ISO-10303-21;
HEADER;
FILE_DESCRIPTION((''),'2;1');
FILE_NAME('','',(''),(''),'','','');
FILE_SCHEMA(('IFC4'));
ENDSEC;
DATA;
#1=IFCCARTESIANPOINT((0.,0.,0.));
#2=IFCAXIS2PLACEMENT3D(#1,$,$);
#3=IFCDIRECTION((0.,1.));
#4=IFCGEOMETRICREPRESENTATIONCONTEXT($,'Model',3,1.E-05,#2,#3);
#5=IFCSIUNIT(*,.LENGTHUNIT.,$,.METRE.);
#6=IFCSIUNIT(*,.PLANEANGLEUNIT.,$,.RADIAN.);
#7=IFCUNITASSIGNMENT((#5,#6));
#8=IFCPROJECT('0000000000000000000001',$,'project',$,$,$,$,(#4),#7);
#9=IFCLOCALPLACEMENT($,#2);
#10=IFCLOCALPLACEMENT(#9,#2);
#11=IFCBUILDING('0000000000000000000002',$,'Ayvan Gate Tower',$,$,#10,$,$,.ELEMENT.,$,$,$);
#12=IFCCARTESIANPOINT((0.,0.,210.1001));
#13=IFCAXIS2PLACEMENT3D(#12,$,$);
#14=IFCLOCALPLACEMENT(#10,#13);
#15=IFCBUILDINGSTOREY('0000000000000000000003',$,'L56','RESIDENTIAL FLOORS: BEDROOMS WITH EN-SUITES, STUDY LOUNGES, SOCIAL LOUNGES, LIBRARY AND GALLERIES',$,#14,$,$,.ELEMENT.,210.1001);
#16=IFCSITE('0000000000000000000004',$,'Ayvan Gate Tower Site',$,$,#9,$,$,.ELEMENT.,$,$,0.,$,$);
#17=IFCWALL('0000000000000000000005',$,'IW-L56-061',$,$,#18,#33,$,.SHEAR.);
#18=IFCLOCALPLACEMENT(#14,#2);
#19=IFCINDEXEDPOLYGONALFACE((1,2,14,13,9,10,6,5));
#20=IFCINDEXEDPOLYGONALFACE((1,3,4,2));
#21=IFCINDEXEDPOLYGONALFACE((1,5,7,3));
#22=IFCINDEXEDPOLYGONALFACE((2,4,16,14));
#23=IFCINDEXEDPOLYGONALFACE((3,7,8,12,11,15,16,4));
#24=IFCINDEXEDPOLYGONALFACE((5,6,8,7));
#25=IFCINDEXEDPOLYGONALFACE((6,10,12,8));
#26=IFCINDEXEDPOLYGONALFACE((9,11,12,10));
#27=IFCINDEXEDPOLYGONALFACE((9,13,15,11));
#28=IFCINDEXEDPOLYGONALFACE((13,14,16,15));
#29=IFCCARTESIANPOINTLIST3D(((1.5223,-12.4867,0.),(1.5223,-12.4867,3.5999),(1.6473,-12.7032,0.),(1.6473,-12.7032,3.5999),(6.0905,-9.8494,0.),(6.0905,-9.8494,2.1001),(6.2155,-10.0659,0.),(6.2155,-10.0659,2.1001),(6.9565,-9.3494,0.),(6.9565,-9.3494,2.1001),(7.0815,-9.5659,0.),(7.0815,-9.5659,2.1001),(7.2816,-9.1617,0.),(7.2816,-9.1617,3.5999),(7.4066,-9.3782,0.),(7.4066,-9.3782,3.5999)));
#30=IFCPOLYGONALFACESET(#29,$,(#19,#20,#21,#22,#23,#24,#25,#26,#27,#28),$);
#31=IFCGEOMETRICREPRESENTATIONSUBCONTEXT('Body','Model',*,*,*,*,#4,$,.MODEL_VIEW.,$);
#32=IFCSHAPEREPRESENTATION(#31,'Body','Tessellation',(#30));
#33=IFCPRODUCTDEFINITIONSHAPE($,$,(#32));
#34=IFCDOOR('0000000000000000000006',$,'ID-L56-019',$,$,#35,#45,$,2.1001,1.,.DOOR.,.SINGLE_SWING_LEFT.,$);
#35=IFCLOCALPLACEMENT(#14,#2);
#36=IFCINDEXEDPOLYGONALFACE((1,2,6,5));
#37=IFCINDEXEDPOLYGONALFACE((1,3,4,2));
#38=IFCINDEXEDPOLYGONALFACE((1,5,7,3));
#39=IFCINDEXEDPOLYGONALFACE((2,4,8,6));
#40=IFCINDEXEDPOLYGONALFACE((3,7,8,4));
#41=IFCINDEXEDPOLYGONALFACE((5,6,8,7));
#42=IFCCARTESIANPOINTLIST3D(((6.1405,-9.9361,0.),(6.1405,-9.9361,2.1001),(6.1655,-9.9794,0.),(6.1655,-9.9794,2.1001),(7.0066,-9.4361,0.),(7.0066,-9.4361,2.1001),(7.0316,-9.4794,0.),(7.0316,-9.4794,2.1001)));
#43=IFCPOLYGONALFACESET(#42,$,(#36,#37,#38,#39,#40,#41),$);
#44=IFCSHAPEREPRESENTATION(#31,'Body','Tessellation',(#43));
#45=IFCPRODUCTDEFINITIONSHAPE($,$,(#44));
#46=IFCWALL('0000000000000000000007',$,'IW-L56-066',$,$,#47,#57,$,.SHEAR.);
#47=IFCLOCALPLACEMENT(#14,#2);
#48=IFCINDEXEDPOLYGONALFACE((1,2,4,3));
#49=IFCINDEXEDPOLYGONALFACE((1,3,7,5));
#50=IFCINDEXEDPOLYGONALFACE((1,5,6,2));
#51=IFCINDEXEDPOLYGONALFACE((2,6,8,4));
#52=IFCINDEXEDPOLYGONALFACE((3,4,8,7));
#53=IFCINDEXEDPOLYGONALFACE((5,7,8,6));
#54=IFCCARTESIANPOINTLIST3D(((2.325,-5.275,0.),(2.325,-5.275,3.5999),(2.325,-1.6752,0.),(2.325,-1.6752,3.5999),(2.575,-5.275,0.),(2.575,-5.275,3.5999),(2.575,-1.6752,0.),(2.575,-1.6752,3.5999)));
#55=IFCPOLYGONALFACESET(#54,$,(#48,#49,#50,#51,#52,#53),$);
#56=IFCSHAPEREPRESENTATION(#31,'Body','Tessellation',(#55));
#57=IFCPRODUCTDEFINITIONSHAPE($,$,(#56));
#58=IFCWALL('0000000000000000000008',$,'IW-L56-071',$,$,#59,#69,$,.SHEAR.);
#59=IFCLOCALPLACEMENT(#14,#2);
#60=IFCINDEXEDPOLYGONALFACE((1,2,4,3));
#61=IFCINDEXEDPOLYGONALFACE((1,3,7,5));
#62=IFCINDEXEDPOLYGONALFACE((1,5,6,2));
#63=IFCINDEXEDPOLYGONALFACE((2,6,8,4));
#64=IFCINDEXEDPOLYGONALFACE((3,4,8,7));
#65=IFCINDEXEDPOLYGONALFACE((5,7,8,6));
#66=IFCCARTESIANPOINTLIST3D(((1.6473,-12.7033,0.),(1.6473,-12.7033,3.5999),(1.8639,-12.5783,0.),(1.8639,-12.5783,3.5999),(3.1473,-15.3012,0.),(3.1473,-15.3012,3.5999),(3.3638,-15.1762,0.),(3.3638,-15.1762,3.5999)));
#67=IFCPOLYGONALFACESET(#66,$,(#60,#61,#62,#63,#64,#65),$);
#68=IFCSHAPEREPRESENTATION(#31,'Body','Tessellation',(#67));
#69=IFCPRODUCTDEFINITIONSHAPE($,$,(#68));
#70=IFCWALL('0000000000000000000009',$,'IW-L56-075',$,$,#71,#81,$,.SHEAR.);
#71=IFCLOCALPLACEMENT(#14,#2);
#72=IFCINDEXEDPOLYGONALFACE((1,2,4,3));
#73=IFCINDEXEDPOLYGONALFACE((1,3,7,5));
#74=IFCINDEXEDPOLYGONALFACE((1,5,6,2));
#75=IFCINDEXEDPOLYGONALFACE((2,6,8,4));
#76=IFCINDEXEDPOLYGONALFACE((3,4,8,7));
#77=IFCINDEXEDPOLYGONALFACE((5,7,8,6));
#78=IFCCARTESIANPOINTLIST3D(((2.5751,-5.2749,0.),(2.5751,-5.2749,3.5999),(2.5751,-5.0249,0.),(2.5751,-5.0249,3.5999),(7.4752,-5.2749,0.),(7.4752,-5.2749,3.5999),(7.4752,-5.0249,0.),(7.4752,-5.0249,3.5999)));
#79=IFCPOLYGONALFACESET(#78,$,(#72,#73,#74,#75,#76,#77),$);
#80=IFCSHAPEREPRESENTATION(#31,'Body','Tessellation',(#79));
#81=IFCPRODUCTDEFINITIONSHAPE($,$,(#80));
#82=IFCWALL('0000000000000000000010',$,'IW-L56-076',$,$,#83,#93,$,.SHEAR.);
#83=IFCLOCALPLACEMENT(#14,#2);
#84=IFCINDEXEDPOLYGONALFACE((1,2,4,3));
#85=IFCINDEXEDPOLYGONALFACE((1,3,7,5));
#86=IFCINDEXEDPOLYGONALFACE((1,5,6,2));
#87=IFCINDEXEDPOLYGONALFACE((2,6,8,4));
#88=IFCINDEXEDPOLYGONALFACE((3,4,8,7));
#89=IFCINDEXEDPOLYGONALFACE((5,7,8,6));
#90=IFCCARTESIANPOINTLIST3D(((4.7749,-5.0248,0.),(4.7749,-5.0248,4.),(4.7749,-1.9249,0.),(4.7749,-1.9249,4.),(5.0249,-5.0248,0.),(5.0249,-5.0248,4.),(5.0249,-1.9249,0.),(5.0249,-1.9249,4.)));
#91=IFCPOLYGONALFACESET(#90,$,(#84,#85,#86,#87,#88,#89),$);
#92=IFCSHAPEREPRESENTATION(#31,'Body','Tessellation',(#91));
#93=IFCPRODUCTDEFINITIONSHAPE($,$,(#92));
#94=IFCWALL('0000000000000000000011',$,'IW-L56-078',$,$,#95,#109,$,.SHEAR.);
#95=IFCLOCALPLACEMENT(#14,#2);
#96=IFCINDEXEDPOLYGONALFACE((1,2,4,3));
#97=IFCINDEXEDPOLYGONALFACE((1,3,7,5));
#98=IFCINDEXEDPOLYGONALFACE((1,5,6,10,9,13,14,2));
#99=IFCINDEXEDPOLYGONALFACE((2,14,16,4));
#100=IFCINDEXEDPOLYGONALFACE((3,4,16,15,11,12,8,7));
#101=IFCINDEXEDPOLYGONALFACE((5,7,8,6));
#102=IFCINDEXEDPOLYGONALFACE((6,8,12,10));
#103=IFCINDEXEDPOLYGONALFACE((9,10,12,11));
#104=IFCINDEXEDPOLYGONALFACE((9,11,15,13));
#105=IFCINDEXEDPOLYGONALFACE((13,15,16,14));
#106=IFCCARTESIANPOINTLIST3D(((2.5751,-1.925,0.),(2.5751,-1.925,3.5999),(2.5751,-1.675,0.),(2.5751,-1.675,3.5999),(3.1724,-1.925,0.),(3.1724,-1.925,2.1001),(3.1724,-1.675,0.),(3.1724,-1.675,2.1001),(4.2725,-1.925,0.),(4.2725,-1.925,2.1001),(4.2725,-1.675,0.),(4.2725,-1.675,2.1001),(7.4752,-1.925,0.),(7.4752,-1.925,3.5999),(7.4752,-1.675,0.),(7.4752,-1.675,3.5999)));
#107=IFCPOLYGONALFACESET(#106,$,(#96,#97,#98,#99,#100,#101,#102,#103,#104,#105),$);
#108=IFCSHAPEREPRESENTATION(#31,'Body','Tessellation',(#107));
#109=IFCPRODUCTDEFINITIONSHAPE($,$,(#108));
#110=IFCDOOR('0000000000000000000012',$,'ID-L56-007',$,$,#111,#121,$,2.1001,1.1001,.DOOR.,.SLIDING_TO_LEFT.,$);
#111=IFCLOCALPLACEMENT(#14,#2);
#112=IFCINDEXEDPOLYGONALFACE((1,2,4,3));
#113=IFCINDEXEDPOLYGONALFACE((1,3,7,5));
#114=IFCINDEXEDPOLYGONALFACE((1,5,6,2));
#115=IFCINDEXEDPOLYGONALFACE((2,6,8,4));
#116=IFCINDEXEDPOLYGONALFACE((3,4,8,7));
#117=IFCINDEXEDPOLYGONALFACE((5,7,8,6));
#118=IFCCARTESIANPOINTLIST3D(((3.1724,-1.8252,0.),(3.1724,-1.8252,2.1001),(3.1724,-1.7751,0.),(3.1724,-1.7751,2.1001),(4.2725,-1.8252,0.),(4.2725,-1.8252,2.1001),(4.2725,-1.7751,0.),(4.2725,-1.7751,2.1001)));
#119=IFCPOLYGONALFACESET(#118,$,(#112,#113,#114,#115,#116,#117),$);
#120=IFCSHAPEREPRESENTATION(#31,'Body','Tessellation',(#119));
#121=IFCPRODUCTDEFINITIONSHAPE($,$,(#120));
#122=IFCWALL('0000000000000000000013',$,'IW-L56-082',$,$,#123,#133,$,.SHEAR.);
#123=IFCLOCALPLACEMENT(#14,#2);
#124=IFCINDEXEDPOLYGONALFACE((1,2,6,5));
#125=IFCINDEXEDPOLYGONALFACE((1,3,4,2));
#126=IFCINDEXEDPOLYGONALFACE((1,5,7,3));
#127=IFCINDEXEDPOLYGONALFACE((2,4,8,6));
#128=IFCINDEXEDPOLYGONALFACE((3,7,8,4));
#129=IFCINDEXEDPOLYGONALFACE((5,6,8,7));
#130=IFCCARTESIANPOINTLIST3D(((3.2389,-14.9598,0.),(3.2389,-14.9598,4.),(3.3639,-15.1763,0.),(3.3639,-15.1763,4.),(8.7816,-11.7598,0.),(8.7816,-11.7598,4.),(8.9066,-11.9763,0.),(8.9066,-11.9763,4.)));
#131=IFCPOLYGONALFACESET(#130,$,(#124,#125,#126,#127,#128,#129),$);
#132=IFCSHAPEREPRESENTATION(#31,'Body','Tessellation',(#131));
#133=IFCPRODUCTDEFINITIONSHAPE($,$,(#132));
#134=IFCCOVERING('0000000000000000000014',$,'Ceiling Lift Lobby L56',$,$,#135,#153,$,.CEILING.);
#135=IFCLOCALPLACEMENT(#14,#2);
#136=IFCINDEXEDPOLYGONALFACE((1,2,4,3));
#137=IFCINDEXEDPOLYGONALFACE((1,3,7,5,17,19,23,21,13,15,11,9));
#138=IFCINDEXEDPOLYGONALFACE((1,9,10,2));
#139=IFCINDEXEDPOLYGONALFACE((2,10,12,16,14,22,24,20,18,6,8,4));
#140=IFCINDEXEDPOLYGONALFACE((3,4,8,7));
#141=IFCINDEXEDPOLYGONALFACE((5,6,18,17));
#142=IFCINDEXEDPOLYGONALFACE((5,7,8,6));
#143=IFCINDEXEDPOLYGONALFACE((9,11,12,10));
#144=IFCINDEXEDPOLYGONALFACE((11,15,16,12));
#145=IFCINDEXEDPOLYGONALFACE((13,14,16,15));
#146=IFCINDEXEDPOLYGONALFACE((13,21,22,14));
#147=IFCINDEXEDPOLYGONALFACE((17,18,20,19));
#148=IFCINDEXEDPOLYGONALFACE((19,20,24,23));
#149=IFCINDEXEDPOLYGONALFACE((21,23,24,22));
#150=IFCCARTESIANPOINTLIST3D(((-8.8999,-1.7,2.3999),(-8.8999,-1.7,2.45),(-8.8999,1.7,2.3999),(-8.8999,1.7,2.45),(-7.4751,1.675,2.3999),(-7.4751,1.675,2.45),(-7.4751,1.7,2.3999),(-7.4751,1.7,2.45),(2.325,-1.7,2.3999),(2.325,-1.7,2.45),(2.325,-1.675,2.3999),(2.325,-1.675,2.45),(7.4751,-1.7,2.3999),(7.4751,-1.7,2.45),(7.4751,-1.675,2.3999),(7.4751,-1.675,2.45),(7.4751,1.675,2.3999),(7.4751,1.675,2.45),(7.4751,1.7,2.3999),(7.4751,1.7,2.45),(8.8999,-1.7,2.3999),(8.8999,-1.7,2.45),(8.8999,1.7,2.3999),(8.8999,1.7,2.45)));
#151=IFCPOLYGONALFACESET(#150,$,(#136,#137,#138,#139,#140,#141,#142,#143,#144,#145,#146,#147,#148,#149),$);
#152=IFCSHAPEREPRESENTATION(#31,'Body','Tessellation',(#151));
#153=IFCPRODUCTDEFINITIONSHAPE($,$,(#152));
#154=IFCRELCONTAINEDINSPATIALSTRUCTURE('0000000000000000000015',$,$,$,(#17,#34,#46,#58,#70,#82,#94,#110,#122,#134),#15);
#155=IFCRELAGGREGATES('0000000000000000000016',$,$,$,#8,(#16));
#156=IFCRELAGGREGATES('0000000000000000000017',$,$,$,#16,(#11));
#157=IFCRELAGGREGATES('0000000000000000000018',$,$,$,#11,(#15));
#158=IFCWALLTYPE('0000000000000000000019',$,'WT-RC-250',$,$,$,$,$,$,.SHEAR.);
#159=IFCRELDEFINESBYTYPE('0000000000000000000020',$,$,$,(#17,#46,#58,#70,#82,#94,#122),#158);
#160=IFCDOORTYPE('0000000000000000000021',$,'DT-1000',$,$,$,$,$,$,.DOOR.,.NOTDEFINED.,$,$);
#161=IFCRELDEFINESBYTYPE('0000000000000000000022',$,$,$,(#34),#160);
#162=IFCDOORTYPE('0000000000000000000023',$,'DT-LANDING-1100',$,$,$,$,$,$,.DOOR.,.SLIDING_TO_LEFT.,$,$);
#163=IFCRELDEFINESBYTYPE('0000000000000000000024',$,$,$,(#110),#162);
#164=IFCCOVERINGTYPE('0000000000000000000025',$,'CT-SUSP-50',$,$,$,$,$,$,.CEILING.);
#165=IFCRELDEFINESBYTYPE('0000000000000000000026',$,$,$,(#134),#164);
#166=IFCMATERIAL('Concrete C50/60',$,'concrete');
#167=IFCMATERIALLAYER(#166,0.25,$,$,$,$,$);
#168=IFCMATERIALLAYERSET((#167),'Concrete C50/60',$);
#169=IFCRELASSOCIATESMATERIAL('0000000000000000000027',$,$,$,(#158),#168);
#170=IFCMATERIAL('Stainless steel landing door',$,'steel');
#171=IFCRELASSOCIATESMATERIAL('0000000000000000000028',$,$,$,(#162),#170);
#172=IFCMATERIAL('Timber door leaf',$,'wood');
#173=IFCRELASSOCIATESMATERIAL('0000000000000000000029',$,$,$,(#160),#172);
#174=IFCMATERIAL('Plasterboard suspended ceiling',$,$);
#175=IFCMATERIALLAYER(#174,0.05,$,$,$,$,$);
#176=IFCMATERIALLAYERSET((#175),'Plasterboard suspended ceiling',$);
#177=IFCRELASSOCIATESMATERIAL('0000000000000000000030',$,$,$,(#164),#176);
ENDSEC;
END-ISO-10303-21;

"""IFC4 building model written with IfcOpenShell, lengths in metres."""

from ifc_helpers import new_model, si_unit, direction, frame, frame_2d, origin, place, context, subcontext, project, spatial, polyline, rectangle, outline, extrude, material, layer, layer_set, type_object, element, fill, save


model = new_model("IFC4")

# Units and contexts
model_context = context("Model", 3, precision=1e-05, world=origin(), true_north=direction((0.0, 1.0)))
body_context = subcontext(model_context, "Body", "Model", "MODEL_VIEW")
ifc_project = project(units=[si_unit("LENGTHUNIT", "METRE"), si_unit("PLANEANGLEUNIT", "RADIAN")], contexts=[model_context])

# Site, building, storey
site_placement = place(None, origin())
site = spatial("IfcSite", under=ifc_project, at=site_placement, Name="Ayvan Gate Tower Site", CompositionType="ELEMENT", RefElevation=0.0)
building_placement = place(site_placement, origin())
building = spatial("IfcBuilding", under=site, at=building_placement, Name="Ayvan Gate Tower", CompositionType="ELEMENT")
storey_placement = place(building_placement, frame((0.0, 0.0, 210.1001)))
storey = spatial("IfcBuildingStorey", under=building, at=storey_placement, Name="L56", Description="RESIDENTIAL FLOORS: BEDROOMS WITH EN-SUITES, STUDY LOUNGES, SOCIAL LOUNGES, LIBRARY AND GALLERIES", CompositionType="ELEMENT", Elevation=210.1001)

# Shared definitions
ifc_material_1 = material(Name="Timber door leaf", Category="wood")

# Shared definitions
ifc_material_2 = material(Name="Concrete C50/60", Category="concrete")
ifc_layer_1 = layer(ifc_material_2, 0.25)
ifc_layer_set_1 = layer_set([ifc_layer_1], Name="Concrete C50/60")
wall_type_1 = type_object("IfcWallType", Name="WT-RC-250", PredefinedType="SHEAR", material=ifc_layer_set_1)
ifc_material_3 = material(Name="Stainless steel landing door", Category="steel")
door_type_1 = type_object("IfcDoorType", Name="DT-LANDING-1100", OperationType="SLIDING_TO_LEFT", PredefinedType="DOOR", material=ifc_material_3)

# Wall, opening, door
wall_1_placement = place(storey_placement, frame((1.5847, -12.595, 0.0), z_axis=(0.0, 0.0, 1.0), x_axis=(0.866036, 0.499981, 0.0)))
wall_1 = element("IfcWall", 1, at=wall_1_placement, inside=storey, type_object=wall_type_1, Name="IW-L56-061", PredefinedType="SHEAR", context=body_context, shape_type="SweptSolid", body=[
    extrude(rectangle(XDim=6.6501, YDim=0.25, at=frame_2d((3.3252, 0.0))), origin(), (0.0, 0.0, 1.0), 3.5999),
])
opening_1_placement = place(wall_1_placement, frame((5.2749, 0.0, 0.0)))
opening_1 = element("IfcOpeningElement", 2, at=opening_1_placement, cuts=wall_1, PredefinedType="OPENING", context=body_context, shape_type="SweptSolid", body=[
    extrude(rectangle(XDim=1.0, YDim=2.1001, at=frame_2d((0.5, 1.05))), frame((0.0, 0.135, 0.0), z_axis=(0.0, -1.0, 0.0), x_axis=(1.0, 0.0, 0.0)), (0.0, 0.0, 1.0), 0.27),
])
door_type_2 = type_object("IfcDoorType", Name="DT-1000", OperationType="NOTDEFINED", PredefinedType="DOOR", material=ifc_material_1)
door_1_placement = place(opening_1_placement, origin())
door_1 = element("IfcDoor", 3, at=door_1_placement, inside=storey, type_object=door_type_2, Name="ID-L56-019", OperationType="SINGLE_SWING_LEFT", OverallHeight=2.1001, OverallWidth=1.0, PredefinedType="DOOR", context=body_context, shape_type="SweptSolid", body=[
    extrude(rectangle(XDim=1.0, YDim=2.1001, at=frame_2d((0.5, 1.05))), frame((0.0, 0.0249, 0.0), z_axis=(0.0, -1.0, 0.0), x_axis=(1.0, 0.0, 0.0)), (0.0, 0.0, 1.0), 0.05),
])
fill(opening_1, door_1)

# Walls
wall_2_placement = place(storey_placement, frame((2.45, -5.2749, 0.0), z_axis=(0.0, 0.0, 1.0), x_axis=(0.0, 1.0, 0.0)))
element("IfcWall", 4, at=wall_2_placement, inside=storey, type_object=wall_type_1, Name="IW-L56-066", PredefinedType="SHEAR", context=body_context, shape_type="SweptSolid", body=[
    extrude(rectangle(XDim=3.5999, YDim=0.25, at=frame_2d((1.7998, 0.0))), origin(), (0.0, 0.0, 1.0), 3.5999),
])
wall_3_placement = place(storey_placement, frame((3.2556, -15.2388, 0.0), z_axis=(0.0, 0.0, 1.0), x_axis=(-0.500025, 0.866011, 0.0)))
element("IfcWall", 5, at=wall_3_placement, inside=storey, type_object=wall_type_1, Name="IW-L56-071", PredefinedType="SHEAR", context=body_context, shape_type="SweptSolid", body=[
    extrude(rectangle(XDim=2.9998, YDim=0.25, at=frame_2d((1.5, 0.0))), origin(), (0.0, 0.0, 1.0), 3.5999),
])
wall_4_placement = place(storey_placement, frame((2.575, -5.1499, 0.0), z_axis=(0.0, 0.0, 1.0), x_axis=(1.0, 0.0, 0.0)))
element("IfcWall", 6, at=wall_4_placement, inside=storey, type_object=wall_type_1, Name="IW-L56-075", PredefinedType="SHEAR", context=body_context, shape_type="SweptSolid", body=[
    extrude(rectangle(XDim=4.9001, YDim=0.25, at=frame_2d((2.4502, 0.0))), origin(), (0.0, 0.0, 1.0), 3.5999),
])
wall_5_placement = place(storey_placement, frame((4.8999, -1.925, 0.0), z_axis=(0.0, 0.0, 1.0), x_axis=(0.0, -1.0, 0.0)))
element("IfcWall", 7, at=wall_5_placement, inside=storey, type_object=wall_type_1, Name="IW-L56-076", PredefinedType="SHEAR", context=body_context, shape_type="SweptSolid", body=[
    extrude(rectangle(XDim=3.0999, YDim=0.25, at=frame_2d((1.5498, 0.0))), origin(), (0.0, 0.0, 1.0), 4.0),
])

# Wall, opening, door
wall_6_placement = place(storey_placement, frame((2.575, -1.8, 0.0), z_axis=(0.0, 0.0, 1.0), x_axis=(1.0, 0.0, 0.0)))
wall_6 = element("IfcWall", 8, at=wall_6_placement, inside=storey, type_object=wall_type_1, Name="IW-L56-078", PredefinedType="SHEAR", context=body_context, shape_type="SweptSolid", body=[
    extrude(rectangle(XDim=4.9001, YDim=0.25, at=frame_2d((2.4502, 0.0))), origin(), (0.0, 0.0, 1.0), 3.5999),
])
opening_2_placement = place(wall_6_placement, frame((0.5974, 0.0, 0.0)))
opening_2 = element("IfcOpeningElement", 9, at=opening_2_placement, cuts=wall_6, PredefinedType="OPENING", context=body_context, shape_type="SweptSolid", body=[
    extrude(rectangle(XDim=1.1001, YDim=2.1001, at=frame_2d((0.55, 1.05))), frame((0.0, 0.135, 0.0), z_axis=(0.0, -1.0, 0.0), x_axis=(1.0, 0.0, 0.0)), (0.0, 0.0, 1.0), 0.27),
])
door_2_placement = place(opening_2_placement, origin())
door_2 = element("IfcDoor", 10, at=door_2_placement, inside=storey, type_object=door_type_1, Name="ID-L56-007", OperationType="SLIDING_TO_LEFT", OverallHeight=2.1001, OverallWidth=1.1001, PredefinedType="DOOR", context=body_context, shape_type="SweptSolid", body=[
    extrude(rectangle(XDim=1.1001, YDim=2.1001, at=frame_2d((0.55, 1.05))), frame((0.0, 0.0249, 0.0), z_axis=(0.0, -1.0, 0.0), x_axis=(1.0, 0.0, 0.0)), (0.0, 0.0, 1.0), 0.05),
])
fill(opening_2, door_2)

# Wall
wall_7_placement = place(storey_placement, frame((3.3013, -15.0681, 0.0), z_axis=(0.0, 0.0, 1.0), x_axis=(0.866035, 0.499983, 0.0)))
element("IfcWall", 11, at=wall_7_placement, inside=storey, type_object=wall_type_1, Name="IW-L56-082", PredefinedType="SHEAR", context=body_context, shape_type="SweptSolid", body=[
    extrude(rectangle(XDim=6.4001, YDim=0.25, at=frame_2d((3.2002, 0.0))), origin(), (0.0, 0.0, 1.0), 4.0),
])

# Covering
ifc_material_4 = material(Name="Plasterboard suspended ceiling")
ifc_layer_2 = layer(ifc_material_4, 0.05)
ifc_layer_set_2 = layer_set([ifc_layer_2], Name="Plasterboard suspended ceiling")
covering_type = type_object("IfcCoveringType", Name="CT-SUSP-50", PredefinedType="CEILING", material=ifc_layer_set_2)
covering_placement = place(storey_placement, frame((0.0, 0.0, 2.3999)))
element("IfcCovering", 12, at=covering_placement, inside=storey, type_object=covering_type, Name="Ceiling Lift Lobby L56", PredefinedType="CEILING", context=body_context, shape_type="SweptSolid", body=[
    extrude(outline(polyline([(7.4751, -1.675), (2.325, -1.675), (2.325, -1.7), (-8.8999, -1.7), (-8.8999, 1.7), (-7.4751, 1.7), (-7.4751, 1.675), (7.4751, 1.675), (7.4751, 1.7), (8.8999, 1.7), (8.8999, -1.7), (7.4751, -1.7), (7.4751, -1.675)])), origin(), (0.0, 0.0, 1.0), 0.05),
])

save(model, "model.ifc")
